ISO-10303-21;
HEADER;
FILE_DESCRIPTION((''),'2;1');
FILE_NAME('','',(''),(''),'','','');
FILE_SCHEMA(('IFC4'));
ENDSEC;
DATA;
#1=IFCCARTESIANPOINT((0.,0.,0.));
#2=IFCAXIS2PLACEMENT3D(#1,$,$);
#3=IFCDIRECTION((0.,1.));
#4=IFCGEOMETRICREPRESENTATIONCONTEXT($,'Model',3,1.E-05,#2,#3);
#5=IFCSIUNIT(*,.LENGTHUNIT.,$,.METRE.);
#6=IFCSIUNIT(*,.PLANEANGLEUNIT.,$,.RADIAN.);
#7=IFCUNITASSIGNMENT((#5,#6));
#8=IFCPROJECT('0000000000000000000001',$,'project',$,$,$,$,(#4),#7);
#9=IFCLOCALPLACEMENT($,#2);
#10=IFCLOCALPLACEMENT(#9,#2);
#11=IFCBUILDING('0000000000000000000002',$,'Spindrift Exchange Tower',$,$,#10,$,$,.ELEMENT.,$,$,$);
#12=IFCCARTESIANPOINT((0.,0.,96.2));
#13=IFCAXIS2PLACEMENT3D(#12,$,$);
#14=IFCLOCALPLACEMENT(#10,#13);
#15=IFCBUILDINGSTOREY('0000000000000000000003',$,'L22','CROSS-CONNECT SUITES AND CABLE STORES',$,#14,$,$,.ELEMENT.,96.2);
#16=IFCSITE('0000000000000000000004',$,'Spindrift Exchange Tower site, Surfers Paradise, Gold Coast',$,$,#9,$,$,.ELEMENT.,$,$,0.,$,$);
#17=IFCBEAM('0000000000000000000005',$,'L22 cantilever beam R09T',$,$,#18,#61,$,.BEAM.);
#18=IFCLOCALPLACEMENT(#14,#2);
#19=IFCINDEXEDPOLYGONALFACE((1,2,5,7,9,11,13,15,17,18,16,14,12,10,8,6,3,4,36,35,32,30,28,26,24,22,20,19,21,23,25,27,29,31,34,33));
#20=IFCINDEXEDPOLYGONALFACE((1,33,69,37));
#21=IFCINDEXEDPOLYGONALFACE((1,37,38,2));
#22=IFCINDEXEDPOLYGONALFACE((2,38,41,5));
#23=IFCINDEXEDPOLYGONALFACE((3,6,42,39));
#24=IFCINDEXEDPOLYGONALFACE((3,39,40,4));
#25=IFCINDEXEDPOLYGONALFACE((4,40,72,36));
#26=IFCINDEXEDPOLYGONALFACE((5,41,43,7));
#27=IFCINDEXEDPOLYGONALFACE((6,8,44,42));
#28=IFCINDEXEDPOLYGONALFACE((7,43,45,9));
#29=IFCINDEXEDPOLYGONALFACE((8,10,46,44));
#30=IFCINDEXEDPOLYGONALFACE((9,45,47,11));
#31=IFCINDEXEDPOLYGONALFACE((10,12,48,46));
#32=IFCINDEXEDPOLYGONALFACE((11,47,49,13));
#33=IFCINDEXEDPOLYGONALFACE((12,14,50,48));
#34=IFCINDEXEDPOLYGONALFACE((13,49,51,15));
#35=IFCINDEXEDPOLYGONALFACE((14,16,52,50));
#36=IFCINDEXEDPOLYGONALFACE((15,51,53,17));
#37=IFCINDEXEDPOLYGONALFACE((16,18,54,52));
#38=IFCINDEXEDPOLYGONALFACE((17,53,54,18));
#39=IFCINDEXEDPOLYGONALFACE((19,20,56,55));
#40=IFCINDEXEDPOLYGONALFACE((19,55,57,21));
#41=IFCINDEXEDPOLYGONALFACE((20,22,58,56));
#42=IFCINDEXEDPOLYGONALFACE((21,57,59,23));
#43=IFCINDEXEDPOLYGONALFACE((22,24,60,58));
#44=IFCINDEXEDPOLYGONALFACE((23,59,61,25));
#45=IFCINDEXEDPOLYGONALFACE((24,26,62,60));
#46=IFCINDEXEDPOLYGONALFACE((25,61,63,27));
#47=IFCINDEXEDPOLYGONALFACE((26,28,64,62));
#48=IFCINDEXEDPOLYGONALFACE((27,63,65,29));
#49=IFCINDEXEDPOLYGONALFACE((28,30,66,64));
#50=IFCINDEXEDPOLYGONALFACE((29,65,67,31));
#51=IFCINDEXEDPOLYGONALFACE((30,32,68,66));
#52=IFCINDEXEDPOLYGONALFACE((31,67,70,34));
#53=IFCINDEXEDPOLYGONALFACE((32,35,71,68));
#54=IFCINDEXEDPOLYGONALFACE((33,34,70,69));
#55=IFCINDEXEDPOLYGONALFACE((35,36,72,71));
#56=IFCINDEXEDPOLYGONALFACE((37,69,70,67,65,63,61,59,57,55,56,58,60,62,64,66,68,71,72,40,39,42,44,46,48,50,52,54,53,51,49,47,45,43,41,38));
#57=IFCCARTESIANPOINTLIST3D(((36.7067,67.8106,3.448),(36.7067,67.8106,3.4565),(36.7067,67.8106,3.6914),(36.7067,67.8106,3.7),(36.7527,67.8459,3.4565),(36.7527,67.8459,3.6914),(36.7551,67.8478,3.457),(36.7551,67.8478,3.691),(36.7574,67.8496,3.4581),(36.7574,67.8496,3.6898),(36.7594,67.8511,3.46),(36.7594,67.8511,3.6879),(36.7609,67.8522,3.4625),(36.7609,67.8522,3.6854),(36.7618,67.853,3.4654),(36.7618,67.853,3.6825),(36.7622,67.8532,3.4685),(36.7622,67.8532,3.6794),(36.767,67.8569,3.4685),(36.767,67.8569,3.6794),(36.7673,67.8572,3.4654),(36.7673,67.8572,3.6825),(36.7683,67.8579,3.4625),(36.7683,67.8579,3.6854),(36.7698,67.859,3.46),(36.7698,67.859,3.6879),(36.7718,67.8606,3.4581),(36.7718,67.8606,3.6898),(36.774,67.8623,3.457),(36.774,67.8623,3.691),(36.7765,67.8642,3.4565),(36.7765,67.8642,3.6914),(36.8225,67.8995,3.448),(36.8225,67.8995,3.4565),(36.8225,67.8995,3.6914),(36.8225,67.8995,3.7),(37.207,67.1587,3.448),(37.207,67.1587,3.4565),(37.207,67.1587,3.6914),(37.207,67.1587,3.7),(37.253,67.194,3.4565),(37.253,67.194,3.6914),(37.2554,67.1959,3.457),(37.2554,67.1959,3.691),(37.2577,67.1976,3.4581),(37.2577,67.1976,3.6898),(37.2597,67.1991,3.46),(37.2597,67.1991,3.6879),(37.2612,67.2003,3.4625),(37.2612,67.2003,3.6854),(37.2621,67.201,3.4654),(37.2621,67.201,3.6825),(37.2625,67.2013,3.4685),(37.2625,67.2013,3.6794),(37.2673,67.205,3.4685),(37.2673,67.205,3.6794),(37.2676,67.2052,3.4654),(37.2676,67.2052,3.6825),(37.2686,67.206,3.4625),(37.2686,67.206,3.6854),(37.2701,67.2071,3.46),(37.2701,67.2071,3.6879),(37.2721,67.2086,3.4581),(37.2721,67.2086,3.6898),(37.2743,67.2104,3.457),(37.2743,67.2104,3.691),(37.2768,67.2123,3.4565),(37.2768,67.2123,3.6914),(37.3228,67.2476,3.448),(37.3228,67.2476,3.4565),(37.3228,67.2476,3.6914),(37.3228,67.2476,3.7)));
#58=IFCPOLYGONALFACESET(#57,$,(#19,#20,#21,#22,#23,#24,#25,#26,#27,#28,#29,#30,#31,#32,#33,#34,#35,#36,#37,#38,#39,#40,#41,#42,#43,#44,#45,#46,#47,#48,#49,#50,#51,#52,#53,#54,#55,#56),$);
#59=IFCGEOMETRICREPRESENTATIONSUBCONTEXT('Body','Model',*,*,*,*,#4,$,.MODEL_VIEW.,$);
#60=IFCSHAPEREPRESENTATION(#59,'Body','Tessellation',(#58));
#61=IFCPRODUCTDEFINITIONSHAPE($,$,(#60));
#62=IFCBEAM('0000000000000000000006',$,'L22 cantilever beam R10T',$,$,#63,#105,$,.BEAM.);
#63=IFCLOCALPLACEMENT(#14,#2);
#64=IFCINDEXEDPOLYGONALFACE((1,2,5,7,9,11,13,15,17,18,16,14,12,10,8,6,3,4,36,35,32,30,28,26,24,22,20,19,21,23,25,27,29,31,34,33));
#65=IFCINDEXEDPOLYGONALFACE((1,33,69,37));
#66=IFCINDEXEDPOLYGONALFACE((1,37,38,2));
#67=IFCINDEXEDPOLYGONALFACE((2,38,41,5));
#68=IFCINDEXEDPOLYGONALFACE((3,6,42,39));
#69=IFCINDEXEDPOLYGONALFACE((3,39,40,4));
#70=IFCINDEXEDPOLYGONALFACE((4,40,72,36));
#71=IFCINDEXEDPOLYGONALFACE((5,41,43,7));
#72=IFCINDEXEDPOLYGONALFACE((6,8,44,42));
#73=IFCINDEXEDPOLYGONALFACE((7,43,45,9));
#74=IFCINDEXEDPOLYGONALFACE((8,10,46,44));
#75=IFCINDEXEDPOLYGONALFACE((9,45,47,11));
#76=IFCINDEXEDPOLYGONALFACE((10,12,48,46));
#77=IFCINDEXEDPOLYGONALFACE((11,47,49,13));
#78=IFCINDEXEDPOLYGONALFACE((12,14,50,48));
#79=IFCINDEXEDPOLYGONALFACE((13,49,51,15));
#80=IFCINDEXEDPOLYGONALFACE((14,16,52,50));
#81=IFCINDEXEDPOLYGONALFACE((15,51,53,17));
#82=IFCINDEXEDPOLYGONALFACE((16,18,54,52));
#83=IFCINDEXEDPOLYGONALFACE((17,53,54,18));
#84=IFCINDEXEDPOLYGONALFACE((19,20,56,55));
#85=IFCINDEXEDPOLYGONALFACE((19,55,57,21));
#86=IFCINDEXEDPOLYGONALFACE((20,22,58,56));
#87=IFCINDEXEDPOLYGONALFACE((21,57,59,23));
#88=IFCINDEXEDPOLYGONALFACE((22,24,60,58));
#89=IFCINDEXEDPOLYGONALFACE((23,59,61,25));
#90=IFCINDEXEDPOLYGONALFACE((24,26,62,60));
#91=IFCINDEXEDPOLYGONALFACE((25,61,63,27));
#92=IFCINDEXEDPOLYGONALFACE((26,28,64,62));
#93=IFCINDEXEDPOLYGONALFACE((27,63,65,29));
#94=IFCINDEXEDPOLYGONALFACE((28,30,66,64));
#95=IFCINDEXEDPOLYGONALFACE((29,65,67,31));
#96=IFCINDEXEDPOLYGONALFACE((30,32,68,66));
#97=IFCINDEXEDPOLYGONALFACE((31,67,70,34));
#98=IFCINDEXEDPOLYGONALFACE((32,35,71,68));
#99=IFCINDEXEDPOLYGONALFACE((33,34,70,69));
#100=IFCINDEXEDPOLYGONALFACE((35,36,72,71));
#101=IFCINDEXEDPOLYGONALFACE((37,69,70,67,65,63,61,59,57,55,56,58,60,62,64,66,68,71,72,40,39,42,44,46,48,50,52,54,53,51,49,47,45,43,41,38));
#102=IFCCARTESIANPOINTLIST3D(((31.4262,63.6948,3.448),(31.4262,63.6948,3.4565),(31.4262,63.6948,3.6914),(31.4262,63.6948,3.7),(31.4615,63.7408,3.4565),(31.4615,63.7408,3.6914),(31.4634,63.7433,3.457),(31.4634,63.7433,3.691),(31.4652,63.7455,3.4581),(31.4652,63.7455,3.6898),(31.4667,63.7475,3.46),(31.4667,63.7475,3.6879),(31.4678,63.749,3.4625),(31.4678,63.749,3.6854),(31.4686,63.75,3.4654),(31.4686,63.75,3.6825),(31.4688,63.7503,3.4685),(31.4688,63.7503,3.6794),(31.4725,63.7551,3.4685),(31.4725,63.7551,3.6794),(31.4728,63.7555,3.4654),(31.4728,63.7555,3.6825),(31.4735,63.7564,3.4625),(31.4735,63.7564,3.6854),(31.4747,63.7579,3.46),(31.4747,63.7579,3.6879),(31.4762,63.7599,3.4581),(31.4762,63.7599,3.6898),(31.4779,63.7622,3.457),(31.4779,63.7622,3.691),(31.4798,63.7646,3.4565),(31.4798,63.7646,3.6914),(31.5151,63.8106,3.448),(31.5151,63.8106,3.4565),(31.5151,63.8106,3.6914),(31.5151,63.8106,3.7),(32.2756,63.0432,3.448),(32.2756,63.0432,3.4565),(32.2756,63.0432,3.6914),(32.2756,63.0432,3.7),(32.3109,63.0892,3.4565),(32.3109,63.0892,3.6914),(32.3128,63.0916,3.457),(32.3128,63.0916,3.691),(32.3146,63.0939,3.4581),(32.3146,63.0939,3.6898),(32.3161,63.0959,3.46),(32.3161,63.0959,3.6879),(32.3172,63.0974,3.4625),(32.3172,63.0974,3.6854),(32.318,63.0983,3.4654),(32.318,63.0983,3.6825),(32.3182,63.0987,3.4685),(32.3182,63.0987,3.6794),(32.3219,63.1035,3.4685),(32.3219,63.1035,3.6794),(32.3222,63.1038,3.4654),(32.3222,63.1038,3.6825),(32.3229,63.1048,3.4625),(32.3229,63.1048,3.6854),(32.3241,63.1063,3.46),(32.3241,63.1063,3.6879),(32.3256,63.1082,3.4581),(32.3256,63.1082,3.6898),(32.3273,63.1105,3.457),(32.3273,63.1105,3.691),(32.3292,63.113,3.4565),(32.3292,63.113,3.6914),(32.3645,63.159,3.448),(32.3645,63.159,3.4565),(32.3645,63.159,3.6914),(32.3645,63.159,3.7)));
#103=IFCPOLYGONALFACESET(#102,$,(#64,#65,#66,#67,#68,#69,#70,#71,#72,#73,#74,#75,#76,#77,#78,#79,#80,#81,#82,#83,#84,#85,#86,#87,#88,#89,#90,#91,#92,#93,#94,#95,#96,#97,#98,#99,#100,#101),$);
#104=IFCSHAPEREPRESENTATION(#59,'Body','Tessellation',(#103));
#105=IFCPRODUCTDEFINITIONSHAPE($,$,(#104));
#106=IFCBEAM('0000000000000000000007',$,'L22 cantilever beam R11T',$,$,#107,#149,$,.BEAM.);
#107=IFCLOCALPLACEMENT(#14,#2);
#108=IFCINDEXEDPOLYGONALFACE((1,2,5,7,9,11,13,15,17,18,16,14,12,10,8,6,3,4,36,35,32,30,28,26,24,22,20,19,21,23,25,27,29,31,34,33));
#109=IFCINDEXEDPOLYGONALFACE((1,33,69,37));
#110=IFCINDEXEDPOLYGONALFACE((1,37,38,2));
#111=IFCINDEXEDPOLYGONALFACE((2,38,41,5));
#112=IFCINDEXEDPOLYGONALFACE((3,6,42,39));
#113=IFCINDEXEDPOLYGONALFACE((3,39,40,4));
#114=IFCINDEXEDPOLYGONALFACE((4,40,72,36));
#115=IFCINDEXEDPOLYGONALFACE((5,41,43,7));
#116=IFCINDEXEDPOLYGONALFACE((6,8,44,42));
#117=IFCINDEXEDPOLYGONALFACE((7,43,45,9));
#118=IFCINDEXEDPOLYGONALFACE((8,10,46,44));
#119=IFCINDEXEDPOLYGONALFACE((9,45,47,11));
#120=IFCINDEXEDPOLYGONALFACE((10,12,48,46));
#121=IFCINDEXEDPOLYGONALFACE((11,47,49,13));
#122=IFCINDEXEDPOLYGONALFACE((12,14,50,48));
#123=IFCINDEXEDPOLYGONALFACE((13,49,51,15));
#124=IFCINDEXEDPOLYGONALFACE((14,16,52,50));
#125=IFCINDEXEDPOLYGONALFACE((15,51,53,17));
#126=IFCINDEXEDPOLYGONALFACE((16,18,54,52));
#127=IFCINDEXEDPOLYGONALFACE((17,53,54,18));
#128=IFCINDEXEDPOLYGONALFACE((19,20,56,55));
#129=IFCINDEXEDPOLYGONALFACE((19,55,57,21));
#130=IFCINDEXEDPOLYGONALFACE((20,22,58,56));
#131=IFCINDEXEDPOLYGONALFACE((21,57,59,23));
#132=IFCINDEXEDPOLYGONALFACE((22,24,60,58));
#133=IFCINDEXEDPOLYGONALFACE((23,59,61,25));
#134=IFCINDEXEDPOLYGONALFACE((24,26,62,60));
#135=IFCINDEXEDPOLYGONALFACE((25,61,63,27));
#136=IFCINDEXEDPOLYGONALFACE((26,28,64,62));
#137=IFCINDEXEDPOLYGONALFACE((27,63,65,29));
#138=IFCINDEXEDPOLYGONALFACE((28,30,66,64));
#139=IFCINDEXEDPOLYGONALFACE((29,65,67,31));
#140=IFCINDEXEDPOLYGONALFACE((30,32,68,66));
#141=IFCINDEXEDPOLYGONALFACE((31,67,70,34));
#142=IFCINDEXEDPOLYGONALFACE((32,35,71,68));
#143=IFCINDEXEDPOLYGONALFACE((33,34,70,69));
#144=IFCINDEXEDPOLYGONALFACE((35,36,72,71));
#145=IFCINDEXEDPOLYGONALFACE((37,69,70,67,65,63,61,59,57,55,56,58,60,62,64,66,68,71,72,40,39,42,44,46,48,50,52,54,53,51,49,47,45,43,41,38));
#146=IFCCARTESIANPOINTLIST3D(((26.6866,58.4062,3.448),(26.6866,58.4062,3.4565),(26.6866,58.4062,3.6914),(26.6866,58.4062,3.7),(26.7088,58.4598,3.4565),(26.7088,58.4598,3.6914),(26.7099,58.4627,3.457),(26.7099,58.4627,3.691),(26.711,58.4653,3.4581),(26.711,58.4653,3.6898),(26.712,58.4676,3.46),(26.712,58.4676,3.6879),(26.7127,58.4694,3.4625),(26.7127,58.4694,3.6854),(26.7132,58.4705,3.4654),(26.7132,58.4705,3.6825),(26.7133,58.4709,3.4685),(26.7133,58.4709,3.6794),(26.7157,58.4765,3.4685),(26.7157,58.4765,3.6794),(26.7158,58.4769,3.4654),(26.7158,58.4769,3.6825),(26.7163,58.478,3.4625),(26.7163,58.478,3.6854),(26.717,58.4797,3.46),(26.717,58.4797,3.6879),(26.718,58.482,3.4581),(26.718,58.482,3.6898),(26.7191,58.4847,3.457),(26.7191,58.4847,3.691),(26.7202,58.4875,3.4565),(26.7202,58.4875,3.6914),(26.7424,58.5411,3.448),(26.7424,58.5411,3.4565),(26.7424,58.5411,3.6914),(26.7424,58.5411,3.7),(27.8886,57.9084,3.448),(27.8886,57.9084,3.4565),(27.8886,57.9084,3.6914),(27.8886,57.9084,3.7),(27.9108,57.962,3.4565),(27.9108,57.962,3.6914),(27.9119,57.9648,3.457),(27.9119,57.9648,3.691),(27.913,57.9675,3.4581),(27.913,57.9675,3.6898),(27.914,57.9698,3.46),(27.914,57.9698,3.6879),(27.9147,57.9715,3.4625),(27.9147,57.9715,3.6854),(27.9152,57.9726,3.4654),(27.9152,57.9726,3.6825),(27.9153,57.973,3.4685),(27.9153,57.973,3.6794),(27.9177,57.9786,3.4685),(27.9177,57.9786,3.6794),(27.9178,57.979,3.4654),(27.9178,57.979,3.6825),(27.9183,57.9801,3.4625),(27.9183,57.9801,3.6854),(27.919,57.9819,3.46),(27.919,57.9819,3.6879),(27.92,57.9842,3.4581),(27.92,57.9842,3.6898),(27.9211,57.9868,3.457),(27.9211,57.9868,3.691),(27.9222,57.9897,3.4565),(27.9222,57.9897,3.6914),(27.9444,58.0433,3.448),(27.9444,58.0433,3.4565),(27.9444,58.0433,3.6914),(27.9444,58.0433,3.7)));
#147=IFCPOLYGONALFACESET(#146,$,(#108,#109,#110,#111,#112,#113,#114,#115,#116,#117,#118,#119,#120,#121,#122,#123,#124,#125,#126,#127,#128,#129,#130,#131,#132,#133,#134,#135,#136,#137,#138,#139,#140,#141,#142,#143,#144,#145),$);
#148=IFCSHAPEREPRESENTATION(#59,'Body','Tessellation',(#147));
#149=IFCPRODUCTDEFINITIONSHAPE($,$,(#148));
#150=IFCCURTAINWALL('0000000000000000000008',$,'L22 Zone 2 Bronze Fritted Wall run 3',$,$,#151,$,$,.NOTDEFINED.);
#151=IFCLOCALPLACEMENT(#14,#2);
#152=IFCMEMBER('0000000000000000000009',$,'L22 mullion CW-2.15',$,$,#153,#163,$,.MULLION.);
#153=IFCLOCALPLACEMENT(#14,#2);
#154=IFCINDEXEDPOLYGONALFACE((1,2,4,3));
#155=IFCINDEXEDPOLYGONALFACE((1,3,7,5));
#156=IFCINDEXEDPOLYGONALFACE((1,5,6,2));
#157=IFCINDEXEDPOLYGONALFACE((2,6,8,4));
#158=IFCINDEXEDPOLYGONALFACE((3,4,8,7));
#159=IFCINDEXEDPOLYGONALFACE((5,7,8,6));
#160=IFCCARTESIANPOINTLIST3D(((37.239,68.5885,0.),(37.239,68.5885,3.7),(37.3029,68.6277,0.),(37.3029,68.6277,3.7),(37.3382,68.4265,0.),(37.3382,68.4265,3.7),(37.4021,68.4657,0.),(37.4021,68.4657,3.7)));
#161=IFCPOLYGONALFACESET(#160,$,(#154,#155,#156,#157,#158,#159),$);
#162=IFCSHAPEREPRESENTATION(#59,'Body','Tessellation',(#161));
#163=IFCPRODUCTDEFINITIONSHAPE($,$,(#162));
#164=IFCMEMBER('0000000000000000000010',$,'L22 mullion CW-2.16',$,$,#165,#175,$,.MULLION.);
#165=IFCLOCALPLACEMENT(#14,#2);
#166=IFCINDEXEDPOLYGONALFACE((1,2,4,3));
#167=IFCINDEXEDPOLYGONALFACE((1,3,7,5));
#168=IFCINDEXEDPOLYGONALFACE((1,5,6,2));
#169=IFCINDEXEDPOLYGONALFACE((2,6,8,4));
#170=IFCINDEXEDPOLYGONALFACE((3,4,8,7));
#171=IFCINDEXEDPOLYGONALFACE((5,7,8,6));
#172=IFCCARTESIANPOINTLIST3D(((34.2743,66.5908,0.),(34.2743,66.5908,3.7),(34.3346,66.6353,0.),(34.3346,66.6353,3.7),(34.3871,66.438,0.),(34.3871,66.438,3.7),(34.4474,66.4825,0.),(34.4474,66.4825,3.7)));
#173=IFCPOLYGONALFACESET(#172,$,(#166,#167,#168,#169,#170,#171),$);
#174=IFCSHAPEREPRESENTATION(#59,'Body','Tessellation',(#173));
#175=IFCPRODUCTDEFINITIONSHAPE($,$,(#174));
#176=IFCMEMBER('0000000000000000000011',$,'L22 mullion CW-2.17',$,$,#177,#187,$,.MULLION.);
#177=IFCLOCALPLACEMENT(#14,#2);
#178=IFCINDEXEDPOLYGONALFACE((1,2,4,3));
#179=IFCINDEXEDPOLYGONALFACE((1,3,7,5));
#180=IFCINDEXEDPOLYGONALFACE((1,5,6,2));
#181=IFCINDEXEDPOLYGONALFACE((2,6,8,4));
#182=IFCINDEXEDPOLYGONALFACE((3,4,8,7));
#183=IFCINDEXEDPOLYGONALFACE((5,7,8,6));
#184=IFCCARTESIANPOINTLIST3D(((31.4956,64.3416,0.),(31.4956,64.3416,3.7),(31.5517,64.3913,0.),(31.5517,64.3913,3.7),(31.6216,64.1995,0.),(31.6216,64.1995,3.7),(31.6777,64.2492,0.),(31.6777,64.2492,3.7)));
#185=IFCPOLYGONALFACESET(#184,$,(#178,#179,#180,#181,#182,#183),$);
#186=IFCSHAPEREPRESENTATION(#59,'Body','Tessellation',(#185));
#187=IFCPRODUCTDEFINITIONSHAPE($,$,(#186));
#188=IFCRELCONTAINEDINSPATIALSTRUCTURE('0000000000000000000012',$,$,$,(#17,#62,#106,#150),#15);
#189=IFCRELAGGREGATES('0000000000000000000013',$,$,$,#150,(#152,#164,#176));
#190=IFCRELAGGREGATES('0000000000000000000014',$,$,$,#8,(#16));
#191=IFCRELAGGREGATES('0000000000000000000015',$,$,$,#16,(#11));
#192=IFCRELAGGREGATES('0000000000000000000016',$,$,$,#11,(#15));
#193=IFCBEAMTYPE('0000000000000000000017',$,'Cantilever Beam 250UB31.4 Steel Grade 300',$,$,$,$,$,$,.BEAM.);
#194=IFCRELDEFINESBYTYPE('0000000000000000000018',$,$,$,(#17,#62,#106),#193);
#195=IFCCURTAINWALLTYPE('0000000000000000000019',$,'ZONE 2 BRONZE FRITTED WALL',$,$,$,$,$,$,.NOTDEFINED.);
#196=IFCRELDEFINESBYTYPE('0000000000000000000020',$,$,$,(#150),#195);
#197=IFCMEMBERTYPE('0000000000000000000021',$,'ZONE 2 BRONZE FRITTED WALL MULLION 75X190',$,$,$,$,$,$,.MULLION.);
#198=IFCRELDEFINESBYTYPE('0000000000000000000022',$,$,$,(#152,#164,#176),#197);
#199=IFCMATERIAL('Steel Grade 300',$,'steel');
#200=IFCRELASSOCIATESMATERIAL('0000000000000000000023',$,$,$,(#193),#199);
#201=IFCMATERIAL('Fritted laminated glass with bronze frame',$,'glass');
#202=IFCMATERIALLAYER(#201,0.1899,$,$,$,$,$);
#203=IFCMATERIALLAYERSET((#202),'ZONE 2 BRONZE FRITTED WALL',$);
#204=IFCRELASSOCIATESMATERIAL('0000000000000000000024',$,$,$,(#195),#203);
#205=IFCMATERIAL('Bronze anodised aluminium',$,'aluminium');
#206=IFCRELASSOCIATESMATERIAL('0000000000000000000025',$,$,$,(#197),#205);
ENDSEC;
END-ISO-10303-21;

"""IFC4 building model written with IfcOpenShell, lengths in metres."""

from ifc_helpers import new_model, si_unit, direction, frame, origin, origin_2d, place, context, subcontext, project, spatial, rectangle, i_section, extrude, source, transform, mapped, material, layer, layer_set, material_profile, profile_set, type_object, element, aggregate, save


model = new_model("IFC4")

# Units and contexts
model_context = context("Model", 3, precision=1e-05, world=origin(), true_north=direction((0.0, 1.0)))
body_context = subcontext(model_context, "Body", "Model", "MODEL_VIEW")
ifc_project = project(units=[si_unit("LENGTHUNIT", "METRE"), si_unit("PLANEANGLEUNIT", "RADIAN")], contexts=[model_context])

# Site, building, storey
site_placement = place(None, origin())
site = spatial("IfcSite", under=ifc_project, at=site_placement, Name="Spindrift Exchange Tower site, Surfers Paradise, Gold Coast", CompositionType="ELEMENT", RefElevation=0.0)
building_placement = place(site_placement, origin())
building = spatial("IfcBuilding", under=site, at=building_placement, Name="Spindrift Exchange Tower", CompositionType="ELEMENT")
storey_placement = place(building_placement, frame((0.0, 0.0, 96.2)))
storey = spatial("IfcBuildingStorey", under=building, at=storey_placement, Name="L22", Description="CROSS-CONNECT SUITES AND CABLE STORES", CompositionType="ELEMENT", Elevation=96.2)

# Beams
ifc_material_1 = material(Name="Steel Grade 300", Category="steel")
ifc_material_profile_1 = material_profile(ifc_material_1, i_section(OverallWidth=0.146, OverallDepth=0.252, WebThickness=0.0061, FlangeThickness=0.0085, FilletRadius=0.012, at=origin_2d()), Name="250UB31.4")
ifc_profile_set_1 = profile_set([ifc_material_profile_1], Name="Steel Grade 300")
beam_type_1 = type_object("IfcBeamType", Name="Cantilever Beam 250UB31.4 Steel Grade 300", PredefinedType="BEAM", material=ifc_profile_set_1)
shared_shape_1 = source(origin(), body_context, "Body", "SweptSolid", [
    extrude(i_section(OverallWidth=0.146, OverallDepth=0.252, WebThickness=0.0061, FlangeThickness=0.0085, FilletRadius=0.012, at=origin_2d()), origin(), (0.0, 0.0, 1.0), 0.8218),
])
beam_1_placement = place(storey_placement, frame((37.2649, 67.2031, 3.574), z_axis=(-0.608806, 0.793319, 0.0), x_axis=(-0.793319, -0.608806, 0.0)))
element("IfcBeam", 1, at=beam_1_placement, inside=storey, type_object=beam_type_1, Name="L22 cantilever beam R09T", PredefinedType="BEAM", context=body_context, shape_type="MappedRepresentation", body=[
    mapped(shared_shape_1, transform((0.0, 0.0, 0.0), scale=1.0)),
])
shared_shape_2 = source(origin(), body_context, "Body", "SweptSolid", [
    extrude(i_section(OverallWidth=0.146, OverallDepth=0.252, WebThickness=0.0061, FlangeThickness=0.0085, FilletRadius=0.012, at=origin_2d()), origin(), (0.0, 0.0, 1.0), 1.0706),
])
beam_2_placement = place(storey_placement, frame((32.3201, 63.1011, 3.574), z_axis=(-0.793412, 0.608685, 0.0), x_axis=(-0.608685, -0.793412, 0.0)))
element("IfcBeam", 2, at=beam_2_placement, inside=storey, type_object=beam_type_1, Name="L22 cantilever beam R10T", PredefinedType="BEAM", context=body_context, shape_type="MappedRepresentation", body=[
    mapped(shared_shape_2, transform((0.0, 0.0, 0.0), scale=1.0)),
])
shared_shape_3 = source(origin(), body_context, "Body", "SweptSolid", [
    extrude(i_section(OverallWidth=0.146, OverallDepth=0.252, WebThickness=0.0061, FlangeThickness=0.0085, FilletRadius=0.012, at=origin_2d()), origin(), (0.0, 0.0, 1.0), 1.301),
])
beam_3_placement = place(storey_placement, frame((27.9165, 57.9758, 3.574), z_axis=(-0.923891, 0.382656, 0.0), x_axis=(-0.382656, -0.923891, 0.0)))
element("IfcBeam", 3, at=beam_3_placement, inside=storey, type_object=beam_type_1, Name="L22 cantilever beam R11T", PredefinedType="BEAM", context=body_context, shape_type="MappedRepresentation", body=[
    mapped(shared_shape_3, transform((0.0, 0.0, 0.0), scale=1.0)),
])

# Curtain wall, members
ifc_material_2 = material(Name="Fritted laminated glass with bronze frame", Category="glass")
ifc_layer_1 = layer(ifc_material_2, 0.1899)
ifc_layer_set_1 = layer_set([ifc_layer_1], Name="ZONE 2 BRONZE FRITTED WALL")
curtain_wall_type = type_object("IfcCurtainWallType", Name="ZONE 2 BRONZE FRITTED WALL", PredefinedType="NOTDEFINED", material=ifc_layer_set_1)
curtain_wall_1_placement = place(storey_placement, origin())
curtain_wall_1 = element("IfcCurtainWall", 4, at=curtain_wall_1_placement, inside=storey, type_object=curtain_wall_type, Name="L22 Zone 2 Bronze Fritted Wall run 3", PredefinedType="NOTDEFINED")
ifc_material_3 = material(Name="Bronze anodised aluminium", Category="aluminium")
ifc_material_profile_2 = material_profile(ifc_material_3, rectangle(XDim=0.075, YDim=0.1899, at=origin_2d()), Name="ZONE 2 BRONZE FRITTED WALL MULLION 75X190")
ifc_profile_set_2 = profile_set([ifc_material_profile_2], Name="Bronze anodised aluminium")
member_type_1 = type_object("IfcMemberType", Name="ZONE 2 BRONZE FRITTED WALL MULLION 75X190", PredefinedType="MULLION", material=ifc_profile_set_2)
shared_shape_4 = source(origin(), body_context, "Body", "SweptSolid", [
    extrude(rectangle(XDim=0.075, YDim=0.1899, at=origin_2d()), origin(), (0.0, 0.0, 1.0), 3.7),
])
member_1_placement = place(storey_placement, frame((37.3206, 68.5271, 0.0), z_axis=(0.0, 0.0, 1.0), x_axis=(-0.852844, -0.522165, 0.0)))
member_1 = element("IfcMember", 5, at=member_1_placement, type_object=member_type_1, Name="L22 mullion CW-2.15", PredefinedType="MULLION", context=body_context, shape_type="MappedRepresentation", body=[
    mapped(shared_shape_4, transform((0.0, 0.0, 0.0), scale=1.0)),
])
member_2_placement = place(storey_placement, frame((34.3608, 66.5366, 0.0), z_axis=(0.0, 0.0, 1.0), x_axis=(-0.804609, -0.593804, 0.0)))
member_2 = element("IfcMember", 6, at=member_2_placement, type_object=member_type_1, Name="L22 mullion CW-2.16", PredefinedType="MULLION", context=body_context, shape_type="MappedRepresentation", body=[
    mapped(shared_shape_4, transform((0.0, 0.0, 0.0), scale=1.0)),
])
member_3_placement = place(storey_placement, frame((31.5867, 64.2954, 0.0), z_axis=(0.0, 0.0, 1.0), x_axis=(-0.748455, -0.663186, 0.0)))
member_3 = element("IfcMember", 7, at=member_3_placement, type_object=member_type_1, Name="L22 mullion CW-2.17", PredefinedType="MULLION", context=body_context, shape_type="MappedRepresentation", body=[
    mapped(shared_shape_4, transform((0.0, 0.0, 0.0), scale=1.0)),
])

aggregate(curtain_wall_1, [member_1, member_2, member_3])

save(model, "model.ifc")
